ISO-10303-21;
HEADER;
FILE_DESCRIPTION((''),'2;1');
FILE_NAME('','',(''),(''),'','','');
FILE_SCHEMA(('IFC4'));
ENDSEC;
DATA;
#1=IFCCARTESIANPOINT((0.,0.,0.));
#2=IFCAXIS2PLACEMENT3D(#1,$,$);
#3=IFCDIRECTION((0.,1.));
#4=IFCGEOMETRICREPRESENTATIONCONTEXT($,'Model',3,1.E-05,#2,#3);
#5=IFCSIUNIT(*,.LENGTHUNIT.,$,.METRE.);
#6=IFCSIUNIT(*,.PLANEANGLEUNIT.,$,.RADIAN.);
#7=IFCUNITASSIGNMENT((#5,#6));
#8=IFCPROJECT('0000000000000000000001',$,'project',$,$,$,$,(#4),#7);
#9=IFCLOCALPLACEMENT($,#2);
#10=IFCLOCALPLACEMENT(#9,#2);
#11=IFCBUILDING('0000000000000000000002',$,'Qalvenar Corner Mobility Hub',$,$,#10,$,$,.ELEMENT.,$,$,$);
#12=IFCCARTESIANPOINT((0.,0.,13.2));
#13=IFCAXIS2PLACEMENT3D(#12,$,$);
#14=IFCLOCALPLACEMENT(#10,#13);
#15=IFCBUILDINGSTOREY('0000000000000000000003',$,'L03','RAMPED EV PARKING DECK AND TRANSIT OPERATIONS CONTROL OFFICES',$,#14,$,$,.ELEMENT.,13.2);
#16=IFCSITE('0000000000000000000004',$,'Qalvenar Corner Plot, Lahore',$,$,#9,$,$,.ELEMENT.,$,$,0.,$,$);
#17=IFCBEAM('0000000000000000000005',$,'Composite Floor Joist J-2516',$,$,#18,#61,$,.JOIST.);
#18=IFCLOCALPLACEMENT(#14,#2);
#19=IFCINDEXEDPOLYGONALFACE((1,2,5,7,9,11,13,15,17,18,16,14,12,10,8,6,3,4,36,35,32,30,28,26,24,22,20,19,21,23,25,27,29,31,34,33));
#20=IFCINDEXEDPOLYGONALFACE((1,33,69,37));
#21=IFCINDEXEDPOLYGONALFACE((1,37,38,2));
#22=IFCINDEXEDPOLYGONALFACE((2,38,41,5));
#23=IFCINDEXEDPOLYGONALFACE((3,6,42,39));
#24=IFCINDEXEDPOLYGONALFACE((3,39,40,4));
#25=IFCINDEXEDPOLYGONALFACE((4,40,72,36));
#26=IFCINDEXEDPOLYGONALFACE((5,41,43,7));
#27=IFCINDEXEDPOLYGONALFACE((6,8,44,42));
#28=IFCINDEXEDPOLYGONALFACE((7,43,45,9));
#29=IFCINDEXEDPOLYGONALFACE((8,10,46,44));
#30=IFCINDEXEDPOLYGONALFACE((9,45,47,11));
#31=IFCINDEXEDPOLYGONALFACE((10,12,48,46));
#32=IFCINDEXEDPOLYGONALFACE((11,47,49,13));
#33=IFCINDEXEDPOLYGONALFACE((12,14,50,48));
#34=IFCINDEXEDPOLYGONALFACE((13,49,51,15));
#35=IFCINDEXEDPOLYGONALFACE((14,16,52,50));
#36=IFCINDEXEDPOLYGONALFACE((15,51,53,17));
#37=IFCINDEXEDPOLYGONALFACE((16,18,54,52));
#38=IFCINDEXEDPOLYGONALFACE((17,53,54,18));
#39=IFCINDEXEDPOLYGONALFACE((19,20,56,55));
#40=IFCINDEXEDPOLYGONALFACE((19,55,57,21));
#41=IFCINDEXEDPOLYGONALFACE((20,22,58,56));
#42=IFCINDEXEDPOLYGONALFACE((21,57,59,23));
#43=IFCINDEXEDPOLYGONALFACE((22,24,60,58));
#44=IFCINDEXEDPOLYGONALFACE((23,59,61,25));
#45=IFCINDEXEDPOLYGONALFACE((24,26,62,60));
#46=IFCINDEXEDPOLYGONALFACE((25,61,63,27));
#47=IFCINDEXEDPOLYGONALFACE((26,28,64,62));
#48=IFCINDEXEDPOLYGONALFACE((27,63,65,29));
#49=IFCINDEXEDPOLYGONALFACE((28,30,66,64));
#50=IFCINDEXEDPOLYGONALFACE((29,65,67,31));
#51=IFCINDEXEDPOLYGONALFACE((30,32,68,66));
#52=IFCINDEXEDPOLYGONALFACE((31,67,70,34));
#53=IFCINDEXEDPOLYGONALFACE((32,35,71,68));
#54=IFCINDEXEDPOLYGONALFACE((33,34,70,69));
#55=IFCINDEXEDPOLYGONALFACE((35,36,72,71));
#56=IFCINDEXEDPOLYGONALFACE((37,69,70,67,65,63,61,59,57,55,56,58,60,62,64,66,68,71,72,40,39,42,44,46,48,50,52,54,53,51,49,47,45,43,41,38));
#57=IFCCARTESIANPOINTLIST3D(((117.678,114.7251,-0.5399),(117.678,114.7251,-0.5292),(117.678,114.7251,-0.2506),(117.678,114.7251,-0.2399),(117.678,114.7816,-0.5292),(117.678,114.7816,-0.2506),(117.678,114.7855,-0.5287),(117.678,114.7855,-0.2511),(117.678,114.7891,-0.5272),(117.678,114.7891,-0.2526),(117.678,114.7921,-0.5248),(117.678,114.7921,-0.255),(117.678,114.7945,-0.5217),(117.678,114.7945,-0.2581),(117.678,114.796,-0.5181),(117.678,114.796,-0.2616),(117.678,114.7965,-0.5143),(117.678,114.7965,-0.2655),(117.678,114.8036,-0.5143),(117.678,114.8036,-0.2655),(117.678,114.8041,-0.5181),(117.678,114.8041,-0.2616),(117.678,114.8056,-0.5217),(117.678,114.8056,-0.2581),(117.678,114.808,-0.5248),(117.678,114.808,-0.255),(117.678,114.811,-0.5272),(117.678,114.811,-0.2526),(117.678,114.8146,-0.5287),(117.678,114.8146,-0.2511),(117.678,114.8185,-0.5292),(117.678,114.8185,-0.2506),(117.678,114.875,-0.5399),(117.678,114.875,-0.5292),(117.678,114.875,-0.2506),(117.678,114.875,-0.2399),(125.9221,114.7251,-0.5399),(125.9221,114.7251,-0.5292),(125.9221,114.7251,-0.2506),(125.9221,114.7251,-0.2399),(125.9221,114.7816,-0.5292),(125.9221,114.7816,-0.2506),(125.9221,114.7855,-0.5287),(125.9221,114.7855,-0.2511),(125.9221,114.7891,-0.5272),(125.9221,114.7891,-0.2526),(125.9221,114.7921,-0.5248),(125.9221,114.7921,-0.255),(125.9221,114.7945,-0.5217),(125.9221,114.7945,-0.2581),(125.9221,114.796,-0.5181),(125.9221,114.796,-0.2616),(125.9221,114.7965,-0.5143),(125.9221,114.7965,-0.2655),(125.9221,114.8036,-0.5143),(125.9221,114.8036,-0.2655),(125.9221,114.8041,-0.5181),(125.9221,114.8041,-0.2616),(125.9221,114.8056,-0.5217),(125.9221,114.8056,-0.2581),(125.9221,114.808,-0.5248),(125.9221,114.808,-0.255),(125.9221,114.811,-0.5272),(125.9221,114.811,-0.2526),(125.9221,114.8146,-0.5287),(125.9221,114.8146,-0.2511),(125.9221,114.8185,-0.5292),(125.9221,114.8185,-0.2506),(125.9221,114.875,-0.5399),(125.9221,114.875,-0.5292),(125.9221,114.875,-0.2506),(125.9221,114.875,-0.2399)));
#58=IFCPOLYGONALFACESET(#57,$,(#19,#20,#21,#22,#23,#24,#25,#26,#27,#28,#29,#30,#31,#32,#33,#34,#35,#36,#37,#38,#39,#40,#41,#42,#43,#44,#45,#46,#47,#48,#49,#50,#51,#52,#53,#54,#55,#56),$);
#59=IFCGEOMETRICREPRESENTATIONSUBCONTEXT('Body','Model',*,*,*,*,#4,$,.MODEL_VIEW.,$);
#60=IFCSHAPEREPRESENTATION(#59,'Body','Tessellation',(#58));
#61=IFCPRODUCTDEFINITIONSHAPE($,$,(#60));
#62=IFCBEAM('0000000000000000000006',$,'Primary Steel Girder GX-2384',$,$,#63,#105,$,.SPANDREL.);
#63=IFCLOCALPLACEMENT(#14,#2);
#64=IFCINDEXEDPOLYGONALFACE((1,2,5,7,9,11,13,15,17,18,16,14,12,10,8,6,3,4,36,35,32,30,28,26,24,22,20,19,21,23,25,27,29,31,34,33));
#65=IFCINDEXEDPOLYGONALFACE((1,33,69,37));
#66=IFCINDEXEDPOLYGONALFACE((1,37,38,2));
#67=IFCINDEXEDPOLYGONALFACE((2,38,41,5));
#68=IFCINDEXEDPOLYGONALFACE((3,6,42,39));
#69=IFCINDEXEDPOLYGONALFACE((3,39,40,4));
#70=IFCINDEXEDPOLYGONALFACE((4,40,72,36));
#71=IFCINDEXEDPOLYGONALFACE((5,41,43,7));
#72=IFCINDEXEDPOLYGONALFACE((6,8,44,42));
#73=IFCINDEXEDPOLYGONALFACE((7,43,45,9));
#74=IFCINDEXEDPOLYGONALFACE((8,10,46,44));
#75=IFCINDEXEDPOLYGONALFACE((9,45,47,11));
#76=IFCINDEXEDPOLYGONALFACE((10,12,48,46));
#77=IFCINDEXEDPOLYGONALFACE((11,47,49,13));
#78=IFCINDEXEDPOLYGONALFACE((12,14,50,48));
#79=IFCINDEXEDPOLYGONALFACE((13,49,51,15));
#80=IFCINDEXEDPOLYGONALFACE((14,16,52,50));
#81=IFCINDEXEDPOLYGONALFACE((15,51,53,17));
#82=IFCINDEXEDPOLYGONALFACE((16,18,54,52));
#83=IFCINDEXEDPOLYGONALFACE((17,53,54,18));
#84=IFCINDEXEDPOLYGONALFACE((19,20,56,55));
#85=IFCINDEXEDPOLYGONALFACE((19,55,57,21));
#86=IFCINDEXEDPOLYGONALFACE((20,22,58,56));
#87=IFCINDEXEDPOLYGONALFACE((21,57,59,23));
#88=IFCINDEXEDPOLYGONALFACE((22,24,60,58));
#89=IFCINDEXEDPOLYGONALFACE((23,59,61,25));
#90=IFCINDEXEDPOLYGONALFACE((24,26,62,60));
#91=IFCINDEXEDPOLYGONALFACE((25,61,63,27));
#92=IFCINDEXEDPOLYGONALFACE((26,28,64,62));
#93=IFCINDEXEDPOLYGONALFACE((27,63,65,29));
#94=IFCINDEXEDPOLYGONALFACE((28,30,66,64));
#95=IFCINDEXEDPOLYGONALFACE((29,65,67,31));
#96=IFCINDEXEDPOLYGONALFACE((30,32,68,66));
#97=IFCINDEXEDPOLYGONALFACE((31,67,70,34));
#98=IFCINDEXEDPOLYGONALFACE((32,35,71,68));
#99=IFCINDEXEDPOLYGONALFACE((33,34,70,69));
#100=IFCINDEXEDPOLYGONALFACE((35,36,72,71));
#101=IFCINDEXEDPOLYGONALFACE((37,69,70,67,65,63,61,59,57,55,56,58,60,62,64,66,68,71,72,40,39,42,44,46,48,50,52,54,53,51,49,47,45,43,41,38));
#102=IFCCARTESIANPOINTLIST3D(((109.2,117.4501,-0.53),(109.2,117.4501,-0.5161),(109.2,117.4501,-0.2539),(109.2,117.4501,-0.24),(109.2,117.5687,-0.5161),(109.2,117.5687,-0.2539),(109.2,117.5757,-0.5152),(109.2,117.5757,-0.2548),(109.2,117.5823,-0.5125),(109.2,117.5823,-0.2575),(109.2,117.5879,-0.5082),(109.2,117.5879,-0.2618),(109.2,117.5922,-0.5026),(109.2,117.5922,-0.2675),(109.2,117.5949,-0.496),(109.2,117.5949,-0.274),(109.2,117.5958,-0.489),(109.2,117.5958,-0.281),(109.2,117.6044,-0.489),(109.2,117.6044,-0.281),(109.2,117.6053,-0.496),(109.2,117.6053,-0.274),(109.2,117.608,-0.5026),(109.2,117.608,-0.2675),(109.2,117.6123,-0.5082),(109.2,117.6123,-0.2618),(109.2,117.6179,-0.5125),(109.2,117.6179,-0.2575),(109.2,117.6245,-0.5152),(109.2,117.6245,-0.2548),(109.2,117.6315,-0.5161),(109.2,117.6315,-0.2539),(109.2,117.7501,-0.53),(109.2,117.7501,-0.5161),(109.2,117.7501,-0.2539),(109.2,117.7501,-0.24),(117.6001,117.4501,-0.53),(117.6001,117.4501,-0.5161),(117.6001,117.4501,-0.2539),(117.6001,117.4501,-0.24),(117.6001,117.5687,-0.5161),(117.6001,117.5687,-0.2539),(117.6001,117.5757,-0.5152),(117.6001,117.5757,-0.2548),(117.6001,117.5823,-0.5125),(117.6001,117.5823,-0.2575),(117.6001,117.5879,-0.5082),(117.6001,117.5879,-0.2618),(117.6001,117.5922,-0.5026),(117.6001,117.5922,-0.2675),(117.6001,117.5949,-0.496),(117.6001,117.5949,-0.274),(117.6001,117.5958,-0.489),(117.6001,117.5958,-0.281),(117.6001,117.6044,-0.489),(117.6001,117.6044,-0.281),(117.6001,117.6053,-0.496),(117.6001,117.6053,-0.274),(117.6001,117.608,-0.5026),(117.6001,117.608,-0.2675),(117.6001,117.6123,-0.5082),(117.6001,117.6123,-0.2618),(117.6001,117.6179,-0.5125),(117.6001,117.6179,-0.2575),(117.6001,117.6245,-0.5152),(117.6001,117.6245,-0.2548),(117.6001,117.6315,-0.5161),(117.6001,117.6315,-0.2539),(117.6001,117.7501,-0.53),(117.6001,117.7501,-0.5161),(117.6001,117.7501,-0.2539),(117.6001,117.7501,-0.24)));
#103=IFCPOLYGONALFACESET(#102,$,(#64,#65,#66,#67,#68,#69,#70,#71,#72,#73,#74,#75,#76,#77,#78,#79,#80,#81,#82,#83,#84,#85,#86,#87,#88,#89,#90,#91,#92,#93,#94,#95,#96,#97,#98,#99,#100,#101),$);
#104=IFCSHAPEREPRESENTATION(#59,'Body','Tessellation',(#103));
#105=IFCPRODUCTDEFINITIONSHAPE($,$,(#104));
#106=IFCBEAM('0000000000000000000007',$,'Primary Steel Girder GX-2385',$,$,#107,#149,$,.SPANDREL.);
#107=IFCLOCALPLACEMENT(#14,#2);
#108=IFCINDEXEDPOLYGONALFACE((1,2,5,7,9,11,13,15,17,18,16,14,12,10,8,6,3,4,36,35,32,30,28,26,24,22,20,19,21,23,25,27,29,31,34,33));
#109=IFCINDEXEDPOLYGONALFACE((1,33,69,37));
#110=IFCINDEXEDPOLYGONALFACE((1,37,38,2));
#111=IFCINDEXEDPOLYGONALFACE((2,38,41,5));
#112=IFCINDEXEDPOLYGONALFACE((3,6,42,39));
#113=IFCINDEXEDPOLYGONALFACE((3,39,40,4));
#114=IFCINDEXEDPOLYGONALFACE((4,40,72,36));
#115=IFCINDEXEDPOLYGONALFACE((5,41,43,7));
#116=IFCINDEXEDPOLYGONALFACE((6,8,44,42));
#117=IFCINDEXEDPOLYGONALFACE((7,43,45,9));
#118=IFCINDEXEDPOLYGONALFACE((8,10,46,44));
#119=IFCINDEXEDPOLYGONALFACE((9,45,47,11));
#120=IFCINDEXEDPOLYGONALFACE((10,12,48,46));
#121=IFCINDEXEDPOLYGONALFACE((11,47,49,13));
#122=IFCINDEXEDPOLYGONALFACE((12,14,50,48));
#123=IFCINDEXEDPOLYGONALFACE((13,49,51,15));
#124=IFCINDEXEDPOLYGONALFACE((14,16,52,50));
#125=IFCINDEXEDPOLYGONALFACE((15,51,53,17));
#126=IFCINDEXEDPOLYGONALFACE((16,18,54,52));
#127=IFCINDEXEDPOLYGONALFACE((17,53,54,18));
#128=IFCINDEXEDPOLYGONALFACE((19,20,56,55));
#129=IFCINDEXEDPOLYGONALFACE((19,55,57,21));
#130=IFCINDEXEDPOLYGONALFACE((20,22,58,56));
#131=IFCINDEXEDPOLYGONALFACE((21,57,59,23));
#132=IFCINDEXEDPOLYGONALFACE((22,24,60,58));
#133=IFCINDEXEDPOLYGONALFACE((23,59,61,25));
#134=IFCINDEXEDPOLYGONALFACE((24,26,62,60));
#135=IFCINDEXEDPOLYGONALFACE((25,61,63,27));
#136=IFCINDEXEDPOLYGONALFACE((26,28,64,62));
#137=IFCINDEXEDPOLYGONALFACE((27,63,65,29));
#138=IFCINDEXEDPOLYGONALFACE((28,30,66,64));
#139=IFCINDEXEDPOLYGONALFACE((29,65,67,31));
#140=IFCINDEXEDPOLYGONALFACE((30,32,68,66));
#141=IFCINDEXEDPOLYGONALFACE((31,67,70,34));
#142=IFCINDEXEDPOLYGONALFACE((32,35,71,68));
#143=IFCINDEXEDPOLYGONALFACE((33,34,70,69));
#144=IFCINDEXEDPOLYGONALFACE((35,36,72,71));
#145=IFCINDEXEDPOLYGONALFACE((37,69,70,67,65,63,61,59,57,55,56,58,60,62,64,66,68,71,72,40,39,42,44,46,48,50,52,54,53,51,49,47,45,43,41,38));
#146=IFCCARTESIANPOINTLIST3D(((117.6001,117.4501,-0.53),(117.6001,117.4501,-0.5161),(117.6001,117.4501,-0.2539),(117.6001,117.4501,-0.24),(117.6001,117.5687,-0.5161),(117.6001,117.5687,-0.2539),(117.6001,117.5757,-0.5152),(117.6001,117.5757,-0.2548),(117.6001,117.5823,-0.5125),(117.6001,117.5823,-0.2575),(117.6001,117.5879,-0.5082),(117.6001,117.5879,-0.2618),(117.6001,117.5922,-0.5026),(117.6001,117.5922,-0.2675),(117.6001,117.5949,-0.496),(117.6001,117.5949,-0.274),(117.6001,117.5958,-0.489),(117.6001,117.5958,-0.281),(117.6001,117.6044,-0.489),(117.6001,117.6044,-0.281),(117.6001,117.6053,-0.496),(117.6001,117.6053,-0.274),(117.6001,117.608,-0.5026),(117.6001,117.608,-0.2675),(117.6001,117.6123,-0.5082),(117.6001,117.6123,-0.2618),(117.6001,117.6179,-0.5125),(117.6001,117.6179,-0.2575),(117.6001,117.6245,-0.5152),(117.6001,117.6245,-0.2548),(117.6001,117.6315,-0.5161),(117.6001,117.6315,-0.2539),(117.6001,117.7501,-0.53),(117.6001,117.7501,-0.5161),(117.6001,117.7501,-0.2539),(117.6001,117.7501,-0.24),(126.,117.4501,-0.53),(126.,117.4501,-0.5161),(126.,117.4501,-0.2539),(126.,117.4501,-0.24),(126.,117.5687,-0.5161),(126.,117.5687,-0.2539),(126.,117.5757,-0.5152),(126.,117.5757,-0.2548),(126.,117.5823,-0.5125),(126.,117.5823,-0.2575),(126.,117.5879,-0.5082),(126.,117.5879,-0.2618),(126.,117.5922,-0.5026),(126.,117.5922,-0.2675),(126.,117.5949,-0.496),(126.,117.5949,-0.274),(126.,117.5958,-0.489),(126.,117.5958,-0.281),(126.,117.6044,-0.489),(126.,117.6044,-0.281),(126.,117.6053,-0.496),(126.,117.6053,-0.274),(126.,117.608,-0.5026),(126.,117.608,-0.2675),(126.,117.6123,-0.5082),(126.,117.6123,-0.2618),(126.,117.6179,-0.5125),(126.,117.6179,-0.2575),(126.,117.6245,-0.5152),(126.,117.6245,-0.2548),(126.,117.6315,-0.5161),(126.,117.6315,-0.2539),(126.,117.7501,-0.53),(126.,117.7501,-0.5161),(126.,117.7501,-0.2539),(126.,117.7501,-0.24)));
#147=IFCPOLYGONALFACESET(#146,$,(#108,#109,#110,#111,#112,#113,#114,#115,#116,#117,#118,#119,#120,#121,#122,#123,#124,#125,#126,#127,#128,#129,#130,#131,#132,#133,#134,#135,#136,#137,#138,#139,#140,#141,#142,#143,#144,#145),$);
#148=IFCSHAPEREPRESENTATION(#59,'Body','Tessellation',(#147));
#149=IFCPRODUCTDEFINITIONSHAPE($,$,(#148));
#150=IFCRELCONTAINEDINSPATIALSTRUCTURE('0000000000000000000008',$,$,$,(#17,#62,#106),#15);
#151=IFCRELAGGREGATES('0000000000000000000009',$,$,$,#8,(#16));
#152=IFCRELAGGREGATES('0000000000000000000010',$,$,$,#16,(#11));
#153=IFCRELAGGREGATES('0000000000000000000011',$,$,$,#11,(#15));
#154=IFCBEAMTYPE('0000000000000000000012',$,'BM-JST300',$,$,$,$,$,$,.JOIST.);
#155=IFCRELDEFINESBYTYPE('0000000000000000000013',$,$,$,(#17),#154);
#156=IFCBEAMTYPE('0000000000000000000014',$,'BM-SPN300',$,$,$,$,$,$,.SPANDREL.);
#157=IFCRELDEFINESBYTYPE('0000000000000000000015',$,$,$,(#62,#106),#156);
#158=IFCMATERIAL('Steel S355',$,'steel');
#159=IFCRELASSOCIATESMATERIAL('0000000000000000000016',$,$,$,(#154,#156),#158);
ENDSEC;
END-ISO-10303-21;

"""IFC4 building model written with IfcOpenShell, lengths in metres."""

from ifc_helpers import new_model, si_unit, direction, frame, origin, origin_2d, place, context, subcontext, project, spatial, i_section, extrude, material, material_profile, profile_set, type_object, element, save


model = new_model("IFC4")

# Units and contexts
model_context = context("Model", 3, precision=1e-05, world=origin(), true_north=direction((0.0, 1.0)))
body_context = subcontext(model_context, "Body", "Model", "MODEL_VIEW")
ifc_project = project(units=[si_unit("LENGTHUNIT", "METRE"), si_unit("PLANEANGLEUNIT", "RADIAN")], contexts=[model_context])

# Site, building, storey
site_placement = place(None, origin())
site = spatial("IfcSite", under=ifc_project, at=site_placement, Name="Qalvenar Corner Plot, Lahore", CompositionType="ELEMENT", RefElevation=0.0)
building_placement = place(site_placement, origin())
building = spatial("IfcBuilding", under=site, at=building_placement, Name="Qalvenar Corner Mobility Hub", CompositionType="ELEMENT")
storey_placement = place(building_placement, frame((0.0, 0.0, 13.2)))
storey = spatial("IfcBuildingStorey", under=building, at=storey_placement, Name="L03", Description="RAMPED EV PARKING DECK AND TRANSIT OPERATIONS CONTROL OFFICES", CompositionType="ELEMENT", Elevation=13.2)

# Shared definitions
ifc_material = material(Name="Steel S355", Category="steel")

# Beams
ifc_material_profile_1 = material_profile(ifc_material, i_section(OverallWidth=0.1499, OverallDepth=0.3, WebThickness=0.0071, FlangeThickness=0.0107, FilletRadius=0.0149, at=origin_2d()), Name="IPE300")
ifc_profile_set_1 = profile_set([ifc_material_profile_1], Name="Steel S355")
beam_type_1 = type_object("IfcBeamType", Name="BM-JST300", PredefinedType="JOIST", material=ifc_profile_set_1)
for number, where, z_axis, x_axis, name in (
    (1, (117.678, 114.8, -0.3899), (1.0, 0.0, 0.0), (0.0, 1.0, 0.0), "Composite Floor Joist J-2516"),
):
    element("IfcBeam", number, at=place(storey_placement, frame(where, z_axis=z_axis, x_axis=x_axis)), inside=storey, type_object=beam_type_1, Name=name, PredefinedType="JOIST", context=body_context, shape_type="SweptSolid", body=[
        extrude(i_section(OverallWidth=0.1499, OverallDepth=0.3, WebThickness=0.0071, FlangeThickness=0.0107, FilletRadius=0.0149, at=origin_2d()), origin(), (0.0, 0.0, 1.0), 8.2441),
    ])
ifc_material_profile_2 = material_profile(ifc_material, i_section(OverallWidth=0.3, OverallDepth=0.29, WebThickness=0.0085, FlangeThickness=0.0139, FilletRadius=0.0271, at=origin_2d()), Name="HEA300")
ifc_profile_set_2 = profile_set([ifc_material_profile_2], Name="Steel S355")
beam_type_2 = type_object("IfcBeamType", Name="BM-SPN300", PredefinedType="SPANDREL", material=ifc_profile_set_2)
beam_1_placement = place(storey_placement, frame((109.2, 117.6001, -0.385), z_axis=(1.0, 0.0, 0.0), x_axis=(0.0, 1.0, 0.0)))
element("IfcBeam", 2, at=beam_1_placement, inside=storey, type_object=beam_type_2, Name="Primary Steel Girder GX-2384", PredefinedType="SPANDREL", context=body_context, shape_type="SweptSolid", body=[
    extrude(i_section(OverallWidth=0.3, OverallDepth=0.29, WebThickness=0.0085, FlangeThickness=0.0139, FilletRadius=0.0271, at=origin_2d()), origin(), (0.0, 0.0, 1.0), 8.4001),
])
beam_2_placement = place(storey_placement, frame((117.6001, 117.6001, -0.385), z_axis=(1.0, 0.0, 0.0), x_axis=(0.0, 1.0, 0.0)))
element("IfcBeam", 3, at=beam_2_placement, inside=storey, type_object=beam_type_2, Name="Primary Steel Girder GX-2385", PredefinedType="SPANDREL", context=body_context, shape_type="SweptSolid", body=[
    extrude(i_section(OverallWidth=0.3, OverallDepth=0.29, WebThickness=0.0085, FlangeThickness=0.0139, FilletRadius=0.0271, at=origin_2d()), origin(), (0.0, 0.0, 1.0), 8.3999),
])

save(model, "model.ifc")
